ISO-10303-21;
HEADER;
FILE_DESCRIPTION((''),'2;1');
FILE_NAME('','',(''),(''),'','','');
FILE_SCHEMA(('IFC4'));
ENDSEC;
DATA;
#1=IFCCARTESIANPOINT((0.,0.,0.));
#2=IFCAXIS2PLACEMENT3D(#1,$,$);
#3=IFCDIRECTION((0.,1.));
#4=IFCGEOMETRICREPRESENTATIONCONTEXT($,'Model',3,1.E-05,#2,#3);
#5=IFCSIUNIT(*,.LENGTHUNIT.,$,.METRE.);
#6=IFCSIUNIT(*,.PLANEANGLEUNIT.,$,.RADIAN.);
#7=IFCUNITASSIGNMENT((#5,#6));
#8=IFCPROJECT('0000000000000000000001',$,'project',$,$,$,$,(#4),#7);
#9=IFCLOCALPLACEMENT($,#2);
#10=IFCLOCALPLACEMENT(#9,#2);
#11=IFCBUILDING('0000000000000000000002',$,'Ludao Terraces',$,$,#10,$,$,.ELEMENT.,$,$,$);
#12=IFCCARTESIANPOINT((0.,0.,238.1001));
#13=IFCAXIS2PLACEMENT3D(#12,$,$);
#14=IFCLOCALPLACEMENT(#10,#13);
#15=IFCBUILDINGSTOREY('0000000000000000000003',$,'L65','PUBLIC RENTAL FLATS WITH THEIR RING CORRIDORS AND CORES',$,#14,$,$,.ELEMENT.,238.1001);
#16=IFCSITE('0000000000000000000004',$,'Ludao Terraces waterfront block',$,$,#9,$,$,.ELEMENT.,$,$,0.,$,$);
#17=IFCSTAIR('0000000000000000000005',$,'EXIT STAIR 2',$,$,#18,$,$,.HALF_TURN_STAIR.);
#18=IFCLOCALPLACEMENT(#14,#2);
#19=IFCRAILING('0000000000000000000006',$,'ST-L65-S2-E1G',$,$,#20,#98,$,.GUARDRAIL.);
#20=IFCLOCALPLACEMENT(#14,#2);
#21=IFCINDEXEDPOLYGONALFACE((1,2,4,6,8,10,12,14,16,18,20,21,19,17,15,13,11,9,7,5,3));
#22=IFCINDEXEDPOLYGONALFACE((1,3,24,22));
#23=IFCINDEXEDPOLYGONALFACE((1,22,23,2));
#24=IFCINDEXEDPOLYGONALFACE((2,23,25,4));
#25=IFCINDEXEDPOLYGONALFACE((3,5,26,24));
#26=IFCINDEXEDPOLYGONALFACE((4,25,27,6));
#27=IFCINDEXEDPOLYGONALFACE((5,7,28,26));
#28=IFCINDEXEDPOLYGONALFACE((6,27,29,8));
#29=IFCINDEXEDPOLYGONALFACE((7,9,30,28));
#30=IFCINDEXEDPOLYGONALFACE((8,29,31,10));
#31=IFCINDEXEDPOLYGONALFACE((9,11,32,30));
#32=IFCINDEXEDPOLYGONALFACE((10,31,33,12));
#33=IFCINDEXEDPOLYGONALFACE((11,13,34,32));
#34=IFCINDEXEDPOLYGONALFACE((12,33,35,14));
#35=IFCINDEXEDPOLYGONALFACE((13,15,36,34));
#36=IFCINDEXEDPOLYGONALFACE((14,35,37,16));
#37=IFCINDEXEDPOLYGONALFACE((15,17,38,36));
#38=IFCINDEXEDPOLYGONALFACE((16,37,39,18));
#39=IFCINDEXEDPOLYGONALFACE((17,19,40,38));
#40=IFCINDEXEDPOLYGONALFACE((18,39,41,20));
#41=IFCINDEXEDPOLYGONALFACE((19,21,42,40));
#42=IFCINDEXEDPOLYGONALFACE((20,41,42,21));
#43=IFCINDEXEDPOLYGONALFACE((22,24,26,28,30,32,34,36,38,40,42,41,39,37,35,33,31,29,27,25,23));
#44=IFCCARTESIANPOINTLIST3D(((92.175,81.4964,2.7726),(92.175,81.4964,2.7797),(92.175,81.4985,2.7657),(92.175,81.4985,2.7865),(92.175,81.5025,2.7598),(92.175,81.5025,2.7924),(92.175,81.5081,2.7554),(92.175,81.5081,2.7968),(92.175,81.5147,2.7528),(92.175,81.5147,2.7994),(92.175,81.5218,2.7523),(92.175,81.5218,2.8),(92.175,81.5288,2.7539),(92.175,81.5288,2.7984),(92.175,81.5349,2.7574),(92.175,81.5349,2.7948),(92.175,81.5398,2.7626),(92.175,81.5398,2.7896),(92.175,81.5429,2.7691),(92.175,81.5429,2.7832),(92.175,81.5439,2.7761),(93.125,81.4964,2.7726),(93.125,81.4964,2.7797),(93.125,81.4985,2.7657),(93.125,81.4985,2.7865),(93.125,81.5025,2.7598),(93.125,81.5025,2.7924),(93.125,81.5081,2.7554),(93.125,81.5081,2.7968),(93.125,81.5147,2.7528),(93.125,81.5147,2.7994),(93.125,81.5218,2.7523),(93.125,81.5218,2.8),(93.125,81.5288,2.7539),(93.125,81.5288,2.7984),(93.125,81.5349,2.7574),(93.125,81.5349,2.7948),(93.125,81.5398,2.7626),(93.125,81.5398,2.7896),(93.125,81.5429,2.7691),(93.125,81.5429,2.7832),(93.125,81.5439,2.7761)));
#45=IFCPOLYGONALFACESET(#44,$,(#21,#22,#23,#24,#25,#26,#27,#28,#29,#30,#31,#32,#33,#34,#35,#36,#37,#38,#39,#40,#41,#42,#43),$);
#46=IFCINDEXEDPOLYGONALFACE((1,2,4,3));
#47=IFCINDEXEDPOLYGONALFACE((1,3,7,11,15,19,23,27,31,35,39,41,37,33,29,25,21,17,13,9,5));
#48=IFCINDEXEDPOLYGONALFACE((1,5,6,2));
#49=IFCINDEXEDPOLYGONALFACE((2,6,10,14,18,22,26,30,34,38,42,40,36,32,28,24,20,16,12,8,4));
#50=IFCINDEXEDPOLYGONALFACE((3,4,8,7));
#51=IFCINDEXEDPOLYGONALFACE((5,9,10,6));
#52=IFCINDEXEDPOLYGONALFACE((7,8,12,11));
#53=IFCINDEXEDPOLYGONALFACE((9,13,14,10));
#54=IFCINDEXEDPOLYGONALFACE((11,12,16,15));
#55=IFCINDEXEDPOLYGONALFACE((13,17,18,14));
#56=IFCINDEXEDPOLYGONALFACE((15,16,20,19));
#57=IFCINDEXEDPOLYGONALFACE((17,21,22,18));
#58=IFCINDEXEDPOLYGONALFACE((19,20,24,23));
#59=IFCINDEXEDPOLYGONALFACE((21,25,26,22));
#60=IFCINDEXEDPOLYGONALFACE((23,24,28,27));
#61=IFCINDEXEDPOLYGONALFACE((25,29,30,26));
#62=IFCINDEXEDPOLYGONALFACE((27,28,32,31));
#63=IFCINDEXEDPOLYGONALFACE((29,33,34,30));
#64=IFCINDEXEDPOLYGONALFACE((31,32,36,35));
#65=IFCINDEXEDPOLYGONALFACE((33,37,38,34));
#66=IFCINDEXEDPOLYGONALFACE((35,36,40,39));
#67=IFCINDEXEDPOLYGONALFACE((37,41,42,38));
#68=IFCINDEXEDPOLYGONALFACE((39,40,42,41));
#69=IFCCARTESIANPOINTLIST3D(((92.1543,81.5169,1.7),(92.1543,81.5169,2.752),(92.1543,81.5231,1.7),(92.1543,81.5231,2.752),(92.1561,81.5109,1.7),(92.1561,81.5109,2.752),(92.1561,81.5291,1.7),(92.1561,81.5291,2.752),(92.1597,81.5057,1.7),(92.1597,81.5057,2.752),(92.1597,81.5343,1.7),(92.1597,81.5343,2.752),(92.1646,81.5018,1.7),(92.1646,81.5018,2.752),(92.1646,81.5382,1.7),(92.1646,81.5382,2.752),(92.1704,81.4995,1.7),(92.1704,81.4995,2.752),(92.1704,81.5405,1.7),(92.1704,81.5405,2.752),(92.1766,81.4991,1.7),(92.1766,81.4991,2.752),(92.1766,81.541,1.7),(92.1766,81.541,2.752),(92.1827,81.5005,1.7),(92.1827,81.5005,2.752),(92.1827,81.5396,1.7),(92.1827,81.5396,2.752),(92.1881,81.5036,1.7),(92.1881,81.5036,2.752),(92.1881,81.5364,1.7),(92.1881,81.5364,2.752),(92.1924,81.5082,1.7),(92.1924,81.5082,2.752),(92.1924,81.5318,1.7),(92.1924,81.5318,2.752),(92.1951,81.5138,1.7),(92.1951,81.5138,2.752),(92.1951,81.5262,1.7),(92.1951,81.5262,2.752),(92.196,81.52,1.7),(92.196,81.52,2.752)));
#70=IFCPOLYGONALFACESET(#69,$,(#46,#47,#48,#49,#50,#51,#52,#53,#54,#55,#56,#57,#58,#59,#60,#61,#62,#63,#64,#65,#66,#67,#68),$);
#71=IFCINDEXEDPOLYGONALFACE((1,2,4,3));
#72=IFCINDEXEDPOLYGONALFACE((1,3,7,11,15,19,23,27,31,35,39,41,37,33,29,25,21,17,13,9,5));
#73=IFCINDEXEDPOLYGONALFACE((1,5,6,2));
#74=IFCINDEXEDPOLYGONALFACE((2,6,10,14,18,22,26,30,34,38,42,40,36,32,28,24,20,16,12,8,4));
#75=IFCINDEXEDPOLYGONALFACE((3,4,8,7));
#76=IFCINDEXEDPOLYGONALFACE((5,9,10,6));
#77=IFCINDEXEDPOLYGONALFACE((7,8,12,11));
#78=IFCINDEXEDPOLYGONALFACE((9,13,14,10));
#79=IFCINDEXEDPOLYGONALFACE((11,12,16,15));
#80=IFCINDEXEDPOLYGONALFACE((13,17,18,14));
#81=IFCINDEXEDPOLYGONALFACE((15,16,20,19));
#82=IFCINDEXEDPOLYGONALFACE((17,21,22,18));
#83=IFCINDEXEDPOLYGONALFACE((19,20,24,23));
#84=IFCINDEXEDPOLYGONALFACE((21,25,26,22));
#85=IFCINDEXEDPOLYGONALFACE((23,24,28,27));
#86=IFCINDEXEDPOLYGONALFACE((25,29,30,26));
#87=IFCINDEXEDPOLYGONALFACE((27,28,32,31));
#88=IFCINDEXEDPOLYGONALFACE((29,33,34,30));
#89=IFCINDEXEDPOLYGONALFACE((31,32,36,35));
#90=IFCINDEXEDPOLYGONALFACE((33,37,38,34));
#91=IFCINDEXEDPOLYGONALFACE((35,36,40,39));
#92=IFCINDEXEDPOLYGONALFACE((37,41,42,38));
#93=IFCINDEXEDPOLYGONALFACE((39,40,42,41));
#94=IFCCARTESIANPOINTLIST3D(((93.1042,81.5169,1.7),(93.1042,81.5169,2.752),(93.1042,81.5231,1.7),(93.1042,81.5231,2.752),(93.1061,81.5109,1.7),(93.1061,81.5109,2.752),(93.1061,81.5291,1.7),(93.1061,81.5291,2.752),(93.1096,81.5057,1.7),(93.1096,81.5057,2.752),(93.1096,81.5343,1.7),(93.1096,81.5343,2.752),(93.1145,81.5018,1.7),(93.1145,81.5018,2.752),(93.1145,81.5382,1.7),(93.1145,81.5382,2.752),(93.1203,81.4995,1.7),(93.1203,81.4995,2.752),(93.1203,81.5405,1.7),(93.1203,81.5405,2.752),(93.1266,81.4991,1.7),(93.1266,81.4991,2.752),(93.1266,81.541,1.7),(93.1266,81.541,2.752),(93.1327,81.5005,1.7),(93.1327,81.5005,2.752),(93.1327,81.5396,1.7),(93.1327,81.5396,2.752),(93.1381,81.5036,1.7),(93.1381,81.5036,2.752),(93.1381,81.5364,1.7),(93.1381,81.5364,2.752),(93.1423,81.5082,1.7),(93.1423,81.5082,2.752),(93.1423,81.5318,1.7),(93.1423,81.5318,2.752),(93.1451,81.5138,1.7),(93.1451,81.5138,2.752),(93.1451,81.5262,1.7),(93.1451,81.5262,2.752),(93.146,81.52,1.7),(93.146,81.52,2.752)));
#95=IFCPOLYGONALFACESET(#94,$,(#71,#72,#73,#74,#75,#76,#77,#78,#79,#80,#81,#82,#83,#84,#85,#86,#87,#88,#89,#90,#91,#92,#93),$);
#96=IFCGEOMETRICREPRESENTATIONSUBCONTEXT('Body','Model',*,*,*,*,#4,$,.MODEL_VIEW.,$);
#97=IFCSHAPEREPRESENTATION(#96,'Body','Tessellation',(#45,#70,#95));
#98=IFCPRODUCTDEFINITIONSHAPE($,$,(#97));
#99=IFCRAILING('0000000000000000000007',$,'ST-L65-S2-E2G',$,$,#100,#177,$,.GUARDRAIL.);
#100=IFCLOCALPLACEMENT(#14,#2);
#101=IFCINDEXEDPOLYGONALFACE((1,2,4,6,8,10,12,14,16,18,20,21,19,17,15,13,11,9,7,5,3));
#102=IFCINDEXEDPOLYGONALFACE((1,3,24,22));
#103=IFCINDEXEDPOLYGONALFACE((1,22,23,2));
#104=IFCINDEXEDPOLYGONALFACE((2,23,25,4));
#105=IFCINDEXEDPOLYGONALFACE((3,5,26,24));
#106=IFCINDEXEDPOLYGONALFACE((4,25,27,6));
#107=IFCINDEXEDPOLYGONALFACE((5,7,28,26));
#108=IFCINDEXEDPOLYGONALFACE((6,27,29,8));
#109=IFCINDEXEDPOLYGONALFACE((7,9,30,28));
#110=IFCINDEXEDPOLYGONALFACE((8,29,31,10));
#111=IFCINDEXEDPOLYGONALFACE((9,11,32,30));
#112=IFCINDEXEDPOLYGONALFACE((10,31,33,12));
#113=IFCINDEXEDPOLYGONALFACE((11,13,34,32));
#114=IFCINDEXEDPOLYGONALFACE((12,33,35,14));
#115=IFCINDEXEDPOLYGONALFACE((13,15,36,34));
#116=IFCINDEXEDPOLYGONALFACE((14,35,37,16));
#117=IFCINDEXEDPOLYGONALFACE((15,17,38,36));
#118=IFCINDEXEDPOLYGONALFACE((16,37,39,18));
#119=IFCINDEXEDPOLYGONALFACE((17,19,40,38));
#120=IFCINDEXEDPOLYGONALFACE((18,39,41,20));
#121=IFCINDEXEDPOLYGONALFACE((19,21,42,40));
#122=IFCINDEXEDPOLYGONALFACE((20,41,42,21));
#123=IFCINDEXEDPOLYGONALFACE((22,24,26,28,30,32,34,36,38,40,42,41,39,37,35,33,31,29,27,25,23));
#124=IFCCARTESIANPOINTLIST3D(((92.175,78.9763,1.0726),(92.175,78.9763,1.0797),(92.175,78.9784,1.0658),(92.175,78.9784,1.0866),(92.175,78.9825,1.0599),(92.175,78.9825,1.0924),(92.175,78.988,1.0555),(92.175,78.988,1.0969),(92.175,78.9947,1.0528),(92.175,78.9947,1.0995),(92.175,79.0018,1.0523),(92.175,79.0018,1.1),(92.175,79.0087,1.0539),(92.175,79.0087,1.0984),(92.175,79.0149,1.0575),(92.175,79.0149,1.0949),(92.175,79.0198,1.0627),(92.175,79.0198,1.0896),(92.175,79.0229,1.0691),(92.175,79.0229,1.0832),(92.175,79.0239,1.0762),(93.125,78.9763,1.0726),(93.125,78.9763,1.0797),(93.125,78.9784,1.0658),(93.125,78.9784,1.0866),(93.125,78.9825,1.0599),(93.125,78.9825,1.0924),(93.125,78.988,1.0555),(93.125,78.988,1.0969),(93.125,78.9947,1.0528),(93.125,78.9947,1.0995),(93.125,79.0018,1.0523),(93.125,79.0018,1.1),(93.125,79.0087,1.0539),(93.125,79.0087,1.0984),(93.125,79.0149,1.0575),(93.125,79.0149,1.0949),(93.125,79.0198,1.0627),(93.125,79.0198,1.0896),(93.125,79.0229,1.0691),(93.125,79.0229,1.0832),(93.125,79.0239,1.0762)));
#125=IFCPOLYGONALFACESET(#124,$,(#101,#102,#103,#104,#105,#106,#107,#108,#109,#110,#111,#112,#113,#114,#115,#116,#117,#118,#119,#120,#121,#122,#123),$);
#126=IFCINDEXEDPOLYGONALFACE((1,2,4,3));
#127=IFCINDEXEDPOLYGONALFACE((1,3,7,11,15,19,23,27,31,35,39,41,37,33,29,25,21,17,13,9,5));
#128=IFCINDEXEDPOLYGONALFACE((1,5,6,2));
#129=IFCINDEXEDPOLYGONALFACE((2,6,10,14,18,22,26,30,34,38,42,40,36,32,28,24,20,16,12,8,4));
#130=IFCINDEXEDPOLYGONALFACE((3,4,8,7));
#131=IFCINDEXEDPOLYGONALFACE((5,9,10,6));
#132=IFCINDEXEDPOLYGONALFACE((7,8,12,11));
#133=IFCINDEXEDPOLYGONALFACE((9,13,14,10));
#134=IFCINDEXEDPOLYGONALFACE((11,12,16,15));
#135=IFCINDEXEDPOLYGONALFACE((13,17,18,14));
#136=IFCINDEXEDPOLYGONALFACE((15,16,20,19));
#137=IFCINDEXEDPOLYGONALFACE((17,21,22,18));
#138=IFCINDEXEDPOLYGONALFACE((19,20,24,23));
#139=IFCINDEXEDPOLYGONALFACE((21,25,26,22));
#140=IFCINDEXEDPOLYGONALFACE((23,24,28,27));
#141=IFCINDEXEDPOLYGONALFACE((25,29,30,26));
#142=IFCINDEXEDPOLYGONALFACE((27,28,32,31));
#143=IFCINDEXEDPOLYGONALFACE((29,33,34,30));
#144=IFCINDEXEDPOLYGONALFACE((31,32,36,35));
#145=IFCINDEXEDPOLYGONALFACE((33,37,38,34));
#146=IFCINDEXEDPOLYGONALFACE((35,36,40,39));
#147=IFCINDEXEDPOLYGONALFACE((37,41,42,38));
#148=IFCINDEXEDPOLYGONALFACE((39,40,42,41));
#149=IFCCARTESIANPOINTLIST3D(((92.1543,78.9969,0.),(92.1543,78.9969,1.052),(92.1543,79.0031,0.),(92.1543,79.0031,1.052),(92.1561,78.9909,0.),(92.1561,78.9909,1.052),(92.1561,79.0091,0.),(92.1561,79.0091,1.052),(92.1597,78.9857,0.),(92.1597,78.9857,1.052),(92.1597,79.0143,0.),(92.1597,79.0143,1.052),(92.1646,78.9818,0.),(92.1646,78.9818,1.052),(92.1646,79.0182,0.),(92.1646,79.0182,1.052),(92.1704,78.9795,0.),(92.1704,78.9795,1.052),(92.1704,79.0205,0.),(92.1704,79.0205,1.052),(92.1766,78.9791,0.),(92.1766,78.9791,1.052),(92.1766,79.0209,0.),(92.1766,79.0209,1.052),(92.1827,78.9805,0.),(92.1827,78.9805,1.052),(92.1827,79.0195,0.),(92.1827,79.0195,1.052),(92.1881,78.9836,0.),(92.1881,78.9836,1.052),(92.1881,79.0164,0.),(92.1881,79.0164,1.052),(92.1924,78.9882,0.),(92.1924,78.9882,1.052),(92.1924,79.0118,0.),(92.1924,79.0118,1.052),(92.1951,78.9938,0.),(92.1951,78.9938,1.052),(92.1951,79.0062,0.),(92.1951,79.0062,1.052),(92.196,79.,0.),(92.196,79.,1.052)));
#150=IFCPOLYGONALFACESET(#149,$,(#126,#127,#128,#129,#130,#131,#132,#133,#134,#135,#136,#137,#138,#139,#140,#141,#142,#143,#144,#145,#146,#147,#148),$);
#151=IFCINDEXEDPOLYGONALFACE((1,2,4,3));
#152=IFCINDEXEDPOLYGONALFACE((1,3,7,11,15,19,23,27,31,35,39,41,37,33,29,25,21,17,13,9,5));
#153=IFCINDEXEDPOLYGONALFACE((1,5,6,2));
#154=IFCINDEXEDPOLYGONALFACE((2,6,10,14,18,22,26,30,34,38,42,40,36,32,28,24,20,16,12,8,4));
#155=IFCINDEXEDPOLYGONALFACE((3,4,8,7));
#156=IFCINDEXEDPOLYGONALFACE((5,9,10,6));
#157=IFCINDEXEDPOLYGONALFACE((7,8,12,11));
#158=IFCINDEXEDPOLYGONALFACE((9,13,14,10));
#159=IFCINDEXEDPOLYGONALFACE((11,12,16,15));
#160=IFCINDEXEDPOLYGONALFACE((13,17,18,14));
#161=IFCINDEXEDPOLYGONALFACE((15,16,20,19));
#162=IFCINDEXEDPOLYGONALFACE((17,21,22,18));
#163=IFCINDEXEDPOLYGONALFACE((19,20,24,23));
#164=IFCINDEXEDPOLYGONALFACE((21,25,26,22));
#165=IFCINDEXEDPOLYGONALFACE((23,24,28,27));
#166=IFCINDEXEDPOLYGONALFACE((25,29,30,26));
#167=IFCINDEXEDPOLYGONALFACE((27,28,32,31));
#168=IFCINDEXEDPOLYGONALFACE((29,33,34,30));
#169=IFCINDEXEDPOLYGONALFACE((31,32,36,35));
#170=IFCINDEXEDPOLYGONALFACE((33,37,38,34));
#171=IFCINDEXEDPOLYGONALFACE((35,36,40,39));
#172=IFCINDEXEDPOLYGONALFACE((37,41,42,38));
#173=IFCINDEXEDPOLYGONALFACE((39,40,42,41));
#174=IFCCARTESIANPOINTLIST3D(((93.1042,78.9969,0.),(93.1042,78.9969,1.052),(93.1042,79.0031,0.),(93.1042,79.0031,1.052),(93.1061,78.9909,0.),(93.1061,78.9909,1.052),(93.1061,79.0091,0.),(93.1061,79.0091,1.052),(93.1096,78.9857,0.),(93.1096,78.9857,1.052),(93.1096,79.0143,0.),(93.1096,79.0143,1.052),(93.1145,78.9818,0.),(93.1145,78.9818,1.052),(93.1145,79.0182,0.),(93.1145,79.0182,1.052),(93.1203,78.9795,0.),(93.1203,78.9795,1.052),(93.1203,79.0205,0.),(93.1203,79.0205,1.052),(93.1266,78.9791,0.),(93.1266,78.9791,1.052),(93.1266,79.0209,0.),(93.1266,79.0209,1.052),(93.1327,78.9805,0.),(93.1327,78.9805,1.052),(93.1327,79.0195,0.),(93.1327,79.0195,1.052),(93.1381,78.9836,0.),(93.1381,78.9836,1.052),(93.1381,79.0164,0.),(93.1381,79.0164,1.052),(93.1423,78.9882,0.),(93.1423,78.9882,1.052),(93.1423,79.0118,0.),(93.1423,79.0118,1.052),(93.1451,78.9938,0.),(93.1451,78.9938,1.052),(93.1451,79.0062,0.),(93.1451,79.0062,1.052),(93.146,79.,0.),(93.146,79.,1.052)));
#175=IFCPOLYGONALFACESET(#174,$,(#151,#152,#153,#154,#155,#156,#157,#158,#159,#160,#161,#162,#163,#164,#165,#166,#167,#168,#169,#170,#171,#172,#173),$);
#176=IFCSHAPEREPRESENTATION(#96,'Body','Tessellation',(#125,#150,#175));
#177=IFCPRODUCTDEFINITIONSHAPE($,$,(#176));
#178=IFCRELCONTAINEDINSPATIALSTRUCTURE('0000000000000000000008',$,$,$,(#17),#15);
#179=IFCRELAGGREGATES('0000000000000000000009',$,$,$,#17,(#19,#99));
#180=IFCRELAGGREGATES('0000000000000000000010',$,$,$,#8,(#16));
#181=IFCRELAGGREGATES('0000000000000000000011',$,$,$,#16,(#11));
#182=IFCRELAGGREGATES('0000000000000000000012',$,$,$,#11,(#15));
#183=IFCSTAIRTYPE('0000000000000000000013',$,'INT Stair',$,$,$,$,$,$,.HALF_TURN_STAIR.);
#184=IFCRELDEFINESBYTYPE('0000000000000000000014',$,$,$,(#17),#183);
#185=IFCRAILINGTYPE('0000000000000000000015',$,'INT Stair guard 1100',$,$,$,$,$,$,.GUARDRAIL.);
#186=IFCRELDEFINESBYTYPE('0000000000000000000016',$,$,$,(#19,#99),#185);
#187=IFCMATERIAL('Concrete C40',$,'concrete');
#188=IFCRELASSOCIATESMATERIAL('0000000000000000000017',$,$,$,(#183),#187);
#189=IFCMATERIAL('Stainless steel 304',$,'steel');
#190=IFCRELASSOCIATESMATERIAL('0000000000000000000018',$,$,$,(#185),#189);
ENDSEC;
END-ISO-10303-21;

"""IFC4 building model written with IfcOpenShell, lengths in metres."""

from ifc_helpers import new_model, si_unit, direction, frame, origin, origin_2d, place, context, subcontext, project, spatial, circle, extrude, material, type_object, element, aggregate, save


model = new_model("IFC4")

# Units and contexts
model_context = context("Model", 3, precision=1e-05, world=origin(), true_north=direction((0.0, 1.0)))
body_context = subcontext(model_context, "Body", "Model", "MODEL_VIEW")
ifc_project = project(units=[si_unit("LENGTHUNIT", "METRE"), si_unit("PLANEANGLEUNIT", "RADIAN")], contexts=[model_context])

# Site, building, storey
site_placement = place(None, origin())
site = spatial("IfcSite", under=ifc_project, at=site_placement, Name="Ludao Terraces waterfront block", CompositionType="ELEMENT", RefElevation=0.0)
building_placement = place(site_placement, origin())
building = spatial("IfcBuilding", under=site, at=building_placement, Name="Ludao Terraces", CompositionType="ELEMENT")
storey_placement = place(building_placement, frame((0.0, 0.0, 238.1001)))
storey = spatial("IfcBuildingStorey", under=building, at=storey_placement, Name="L65", Description="PUBLIC RENTAL FLATS WITH THEIR RING CORRIDORS AND CORES", CompositionType="ELEMENT", Elevation=238.1001)

# Shared definitions
ifc_material_1 = material(Name="Concrete C40", Category="concrete")

# Shared definitions
ifc_material_2 = material(Name="Stainless steel 304", Category="steel")

# Stair, railings
stair_type = type_object("IfcStairType", Name="INT Stair", PredefinedType="HALF_TURN_STAIR", material=ifc_material_1)
stair_placement = place(storey_placement, origin())
stair = element("IfcStair", 1, at=stair_placement, inside=storey, type_object=stair_type, Name="EXIT STAIR 2", PredefinedType="HALF_TURN_STAIR")
railing_type_1 = type_object("IfcRailingType", Name="INT Stair guard 1100", PredefinedType="GUARDRAIL", material=ifc_material_2)
railing_1_placement = place(storey_placement, frame((92.175, 81.52, 1.7)))
railing_1 = element("IfcRailing", 2, at=railing_1_placement, type_object=railing_type_1, Name="ST-L65-S2-E1G", PredefinedType="GUARDRAIL", context=body_context, shape_type="SweptSolid", body=[
    extrude(circle(Radius=0.0239, at=origin_2d()), frame((0.0, 0.0, 1.0762), z_axis=(1.0, 0.0, 0.0), x_axis=(0.0, 1.0, 0.0)), (0.0, 0.0, 1.0), 0.95),
    extrude(circle(Radius=0.021, at=origin_2d()), origin(), (0.0, 0.0, 1.0), 1.052),
    extrude(circle(Radius=0.021, at=origin_2d()), frame((0.95, 0.0, 0.0)), (0.0, 0.0, 1.0), 1.052),
])
railing_2_placement = place(storey_placement, frame((92.175, 79.0, 0.0)))
railing_2 = element("IfcRailing", 3, at=railing_2_placement, type_object=railing_type_1, Name="ST-L65-S2-E2G", PredefinedType="GUARDRAIL", context=body_context, shape_type="SweptSolid", body=[
    extrude(circle(Radius=0.0239, at=origin_2d()), frame((0.0, 0.0, 1.0762), z_axis=(1.0, 0.0, 0.0), x_axis=(0.0, 1.0, 0.0)), (0.0, 0.0, 1.0), 0.95),
    extrude(circle(Radius=0.021, at=origin_2d()), origin(), (0.0, 0.0, 1.0), 1.052),
    extrude(circle(Radius=0.021, at=origin_2d()), frame((0.95, 0.0, 0.0)), (0.0, 0.0, 1.0), 1.052),
])
aggregate(stair, [railing_1, railing_2])

save(model, "model.ifc")
